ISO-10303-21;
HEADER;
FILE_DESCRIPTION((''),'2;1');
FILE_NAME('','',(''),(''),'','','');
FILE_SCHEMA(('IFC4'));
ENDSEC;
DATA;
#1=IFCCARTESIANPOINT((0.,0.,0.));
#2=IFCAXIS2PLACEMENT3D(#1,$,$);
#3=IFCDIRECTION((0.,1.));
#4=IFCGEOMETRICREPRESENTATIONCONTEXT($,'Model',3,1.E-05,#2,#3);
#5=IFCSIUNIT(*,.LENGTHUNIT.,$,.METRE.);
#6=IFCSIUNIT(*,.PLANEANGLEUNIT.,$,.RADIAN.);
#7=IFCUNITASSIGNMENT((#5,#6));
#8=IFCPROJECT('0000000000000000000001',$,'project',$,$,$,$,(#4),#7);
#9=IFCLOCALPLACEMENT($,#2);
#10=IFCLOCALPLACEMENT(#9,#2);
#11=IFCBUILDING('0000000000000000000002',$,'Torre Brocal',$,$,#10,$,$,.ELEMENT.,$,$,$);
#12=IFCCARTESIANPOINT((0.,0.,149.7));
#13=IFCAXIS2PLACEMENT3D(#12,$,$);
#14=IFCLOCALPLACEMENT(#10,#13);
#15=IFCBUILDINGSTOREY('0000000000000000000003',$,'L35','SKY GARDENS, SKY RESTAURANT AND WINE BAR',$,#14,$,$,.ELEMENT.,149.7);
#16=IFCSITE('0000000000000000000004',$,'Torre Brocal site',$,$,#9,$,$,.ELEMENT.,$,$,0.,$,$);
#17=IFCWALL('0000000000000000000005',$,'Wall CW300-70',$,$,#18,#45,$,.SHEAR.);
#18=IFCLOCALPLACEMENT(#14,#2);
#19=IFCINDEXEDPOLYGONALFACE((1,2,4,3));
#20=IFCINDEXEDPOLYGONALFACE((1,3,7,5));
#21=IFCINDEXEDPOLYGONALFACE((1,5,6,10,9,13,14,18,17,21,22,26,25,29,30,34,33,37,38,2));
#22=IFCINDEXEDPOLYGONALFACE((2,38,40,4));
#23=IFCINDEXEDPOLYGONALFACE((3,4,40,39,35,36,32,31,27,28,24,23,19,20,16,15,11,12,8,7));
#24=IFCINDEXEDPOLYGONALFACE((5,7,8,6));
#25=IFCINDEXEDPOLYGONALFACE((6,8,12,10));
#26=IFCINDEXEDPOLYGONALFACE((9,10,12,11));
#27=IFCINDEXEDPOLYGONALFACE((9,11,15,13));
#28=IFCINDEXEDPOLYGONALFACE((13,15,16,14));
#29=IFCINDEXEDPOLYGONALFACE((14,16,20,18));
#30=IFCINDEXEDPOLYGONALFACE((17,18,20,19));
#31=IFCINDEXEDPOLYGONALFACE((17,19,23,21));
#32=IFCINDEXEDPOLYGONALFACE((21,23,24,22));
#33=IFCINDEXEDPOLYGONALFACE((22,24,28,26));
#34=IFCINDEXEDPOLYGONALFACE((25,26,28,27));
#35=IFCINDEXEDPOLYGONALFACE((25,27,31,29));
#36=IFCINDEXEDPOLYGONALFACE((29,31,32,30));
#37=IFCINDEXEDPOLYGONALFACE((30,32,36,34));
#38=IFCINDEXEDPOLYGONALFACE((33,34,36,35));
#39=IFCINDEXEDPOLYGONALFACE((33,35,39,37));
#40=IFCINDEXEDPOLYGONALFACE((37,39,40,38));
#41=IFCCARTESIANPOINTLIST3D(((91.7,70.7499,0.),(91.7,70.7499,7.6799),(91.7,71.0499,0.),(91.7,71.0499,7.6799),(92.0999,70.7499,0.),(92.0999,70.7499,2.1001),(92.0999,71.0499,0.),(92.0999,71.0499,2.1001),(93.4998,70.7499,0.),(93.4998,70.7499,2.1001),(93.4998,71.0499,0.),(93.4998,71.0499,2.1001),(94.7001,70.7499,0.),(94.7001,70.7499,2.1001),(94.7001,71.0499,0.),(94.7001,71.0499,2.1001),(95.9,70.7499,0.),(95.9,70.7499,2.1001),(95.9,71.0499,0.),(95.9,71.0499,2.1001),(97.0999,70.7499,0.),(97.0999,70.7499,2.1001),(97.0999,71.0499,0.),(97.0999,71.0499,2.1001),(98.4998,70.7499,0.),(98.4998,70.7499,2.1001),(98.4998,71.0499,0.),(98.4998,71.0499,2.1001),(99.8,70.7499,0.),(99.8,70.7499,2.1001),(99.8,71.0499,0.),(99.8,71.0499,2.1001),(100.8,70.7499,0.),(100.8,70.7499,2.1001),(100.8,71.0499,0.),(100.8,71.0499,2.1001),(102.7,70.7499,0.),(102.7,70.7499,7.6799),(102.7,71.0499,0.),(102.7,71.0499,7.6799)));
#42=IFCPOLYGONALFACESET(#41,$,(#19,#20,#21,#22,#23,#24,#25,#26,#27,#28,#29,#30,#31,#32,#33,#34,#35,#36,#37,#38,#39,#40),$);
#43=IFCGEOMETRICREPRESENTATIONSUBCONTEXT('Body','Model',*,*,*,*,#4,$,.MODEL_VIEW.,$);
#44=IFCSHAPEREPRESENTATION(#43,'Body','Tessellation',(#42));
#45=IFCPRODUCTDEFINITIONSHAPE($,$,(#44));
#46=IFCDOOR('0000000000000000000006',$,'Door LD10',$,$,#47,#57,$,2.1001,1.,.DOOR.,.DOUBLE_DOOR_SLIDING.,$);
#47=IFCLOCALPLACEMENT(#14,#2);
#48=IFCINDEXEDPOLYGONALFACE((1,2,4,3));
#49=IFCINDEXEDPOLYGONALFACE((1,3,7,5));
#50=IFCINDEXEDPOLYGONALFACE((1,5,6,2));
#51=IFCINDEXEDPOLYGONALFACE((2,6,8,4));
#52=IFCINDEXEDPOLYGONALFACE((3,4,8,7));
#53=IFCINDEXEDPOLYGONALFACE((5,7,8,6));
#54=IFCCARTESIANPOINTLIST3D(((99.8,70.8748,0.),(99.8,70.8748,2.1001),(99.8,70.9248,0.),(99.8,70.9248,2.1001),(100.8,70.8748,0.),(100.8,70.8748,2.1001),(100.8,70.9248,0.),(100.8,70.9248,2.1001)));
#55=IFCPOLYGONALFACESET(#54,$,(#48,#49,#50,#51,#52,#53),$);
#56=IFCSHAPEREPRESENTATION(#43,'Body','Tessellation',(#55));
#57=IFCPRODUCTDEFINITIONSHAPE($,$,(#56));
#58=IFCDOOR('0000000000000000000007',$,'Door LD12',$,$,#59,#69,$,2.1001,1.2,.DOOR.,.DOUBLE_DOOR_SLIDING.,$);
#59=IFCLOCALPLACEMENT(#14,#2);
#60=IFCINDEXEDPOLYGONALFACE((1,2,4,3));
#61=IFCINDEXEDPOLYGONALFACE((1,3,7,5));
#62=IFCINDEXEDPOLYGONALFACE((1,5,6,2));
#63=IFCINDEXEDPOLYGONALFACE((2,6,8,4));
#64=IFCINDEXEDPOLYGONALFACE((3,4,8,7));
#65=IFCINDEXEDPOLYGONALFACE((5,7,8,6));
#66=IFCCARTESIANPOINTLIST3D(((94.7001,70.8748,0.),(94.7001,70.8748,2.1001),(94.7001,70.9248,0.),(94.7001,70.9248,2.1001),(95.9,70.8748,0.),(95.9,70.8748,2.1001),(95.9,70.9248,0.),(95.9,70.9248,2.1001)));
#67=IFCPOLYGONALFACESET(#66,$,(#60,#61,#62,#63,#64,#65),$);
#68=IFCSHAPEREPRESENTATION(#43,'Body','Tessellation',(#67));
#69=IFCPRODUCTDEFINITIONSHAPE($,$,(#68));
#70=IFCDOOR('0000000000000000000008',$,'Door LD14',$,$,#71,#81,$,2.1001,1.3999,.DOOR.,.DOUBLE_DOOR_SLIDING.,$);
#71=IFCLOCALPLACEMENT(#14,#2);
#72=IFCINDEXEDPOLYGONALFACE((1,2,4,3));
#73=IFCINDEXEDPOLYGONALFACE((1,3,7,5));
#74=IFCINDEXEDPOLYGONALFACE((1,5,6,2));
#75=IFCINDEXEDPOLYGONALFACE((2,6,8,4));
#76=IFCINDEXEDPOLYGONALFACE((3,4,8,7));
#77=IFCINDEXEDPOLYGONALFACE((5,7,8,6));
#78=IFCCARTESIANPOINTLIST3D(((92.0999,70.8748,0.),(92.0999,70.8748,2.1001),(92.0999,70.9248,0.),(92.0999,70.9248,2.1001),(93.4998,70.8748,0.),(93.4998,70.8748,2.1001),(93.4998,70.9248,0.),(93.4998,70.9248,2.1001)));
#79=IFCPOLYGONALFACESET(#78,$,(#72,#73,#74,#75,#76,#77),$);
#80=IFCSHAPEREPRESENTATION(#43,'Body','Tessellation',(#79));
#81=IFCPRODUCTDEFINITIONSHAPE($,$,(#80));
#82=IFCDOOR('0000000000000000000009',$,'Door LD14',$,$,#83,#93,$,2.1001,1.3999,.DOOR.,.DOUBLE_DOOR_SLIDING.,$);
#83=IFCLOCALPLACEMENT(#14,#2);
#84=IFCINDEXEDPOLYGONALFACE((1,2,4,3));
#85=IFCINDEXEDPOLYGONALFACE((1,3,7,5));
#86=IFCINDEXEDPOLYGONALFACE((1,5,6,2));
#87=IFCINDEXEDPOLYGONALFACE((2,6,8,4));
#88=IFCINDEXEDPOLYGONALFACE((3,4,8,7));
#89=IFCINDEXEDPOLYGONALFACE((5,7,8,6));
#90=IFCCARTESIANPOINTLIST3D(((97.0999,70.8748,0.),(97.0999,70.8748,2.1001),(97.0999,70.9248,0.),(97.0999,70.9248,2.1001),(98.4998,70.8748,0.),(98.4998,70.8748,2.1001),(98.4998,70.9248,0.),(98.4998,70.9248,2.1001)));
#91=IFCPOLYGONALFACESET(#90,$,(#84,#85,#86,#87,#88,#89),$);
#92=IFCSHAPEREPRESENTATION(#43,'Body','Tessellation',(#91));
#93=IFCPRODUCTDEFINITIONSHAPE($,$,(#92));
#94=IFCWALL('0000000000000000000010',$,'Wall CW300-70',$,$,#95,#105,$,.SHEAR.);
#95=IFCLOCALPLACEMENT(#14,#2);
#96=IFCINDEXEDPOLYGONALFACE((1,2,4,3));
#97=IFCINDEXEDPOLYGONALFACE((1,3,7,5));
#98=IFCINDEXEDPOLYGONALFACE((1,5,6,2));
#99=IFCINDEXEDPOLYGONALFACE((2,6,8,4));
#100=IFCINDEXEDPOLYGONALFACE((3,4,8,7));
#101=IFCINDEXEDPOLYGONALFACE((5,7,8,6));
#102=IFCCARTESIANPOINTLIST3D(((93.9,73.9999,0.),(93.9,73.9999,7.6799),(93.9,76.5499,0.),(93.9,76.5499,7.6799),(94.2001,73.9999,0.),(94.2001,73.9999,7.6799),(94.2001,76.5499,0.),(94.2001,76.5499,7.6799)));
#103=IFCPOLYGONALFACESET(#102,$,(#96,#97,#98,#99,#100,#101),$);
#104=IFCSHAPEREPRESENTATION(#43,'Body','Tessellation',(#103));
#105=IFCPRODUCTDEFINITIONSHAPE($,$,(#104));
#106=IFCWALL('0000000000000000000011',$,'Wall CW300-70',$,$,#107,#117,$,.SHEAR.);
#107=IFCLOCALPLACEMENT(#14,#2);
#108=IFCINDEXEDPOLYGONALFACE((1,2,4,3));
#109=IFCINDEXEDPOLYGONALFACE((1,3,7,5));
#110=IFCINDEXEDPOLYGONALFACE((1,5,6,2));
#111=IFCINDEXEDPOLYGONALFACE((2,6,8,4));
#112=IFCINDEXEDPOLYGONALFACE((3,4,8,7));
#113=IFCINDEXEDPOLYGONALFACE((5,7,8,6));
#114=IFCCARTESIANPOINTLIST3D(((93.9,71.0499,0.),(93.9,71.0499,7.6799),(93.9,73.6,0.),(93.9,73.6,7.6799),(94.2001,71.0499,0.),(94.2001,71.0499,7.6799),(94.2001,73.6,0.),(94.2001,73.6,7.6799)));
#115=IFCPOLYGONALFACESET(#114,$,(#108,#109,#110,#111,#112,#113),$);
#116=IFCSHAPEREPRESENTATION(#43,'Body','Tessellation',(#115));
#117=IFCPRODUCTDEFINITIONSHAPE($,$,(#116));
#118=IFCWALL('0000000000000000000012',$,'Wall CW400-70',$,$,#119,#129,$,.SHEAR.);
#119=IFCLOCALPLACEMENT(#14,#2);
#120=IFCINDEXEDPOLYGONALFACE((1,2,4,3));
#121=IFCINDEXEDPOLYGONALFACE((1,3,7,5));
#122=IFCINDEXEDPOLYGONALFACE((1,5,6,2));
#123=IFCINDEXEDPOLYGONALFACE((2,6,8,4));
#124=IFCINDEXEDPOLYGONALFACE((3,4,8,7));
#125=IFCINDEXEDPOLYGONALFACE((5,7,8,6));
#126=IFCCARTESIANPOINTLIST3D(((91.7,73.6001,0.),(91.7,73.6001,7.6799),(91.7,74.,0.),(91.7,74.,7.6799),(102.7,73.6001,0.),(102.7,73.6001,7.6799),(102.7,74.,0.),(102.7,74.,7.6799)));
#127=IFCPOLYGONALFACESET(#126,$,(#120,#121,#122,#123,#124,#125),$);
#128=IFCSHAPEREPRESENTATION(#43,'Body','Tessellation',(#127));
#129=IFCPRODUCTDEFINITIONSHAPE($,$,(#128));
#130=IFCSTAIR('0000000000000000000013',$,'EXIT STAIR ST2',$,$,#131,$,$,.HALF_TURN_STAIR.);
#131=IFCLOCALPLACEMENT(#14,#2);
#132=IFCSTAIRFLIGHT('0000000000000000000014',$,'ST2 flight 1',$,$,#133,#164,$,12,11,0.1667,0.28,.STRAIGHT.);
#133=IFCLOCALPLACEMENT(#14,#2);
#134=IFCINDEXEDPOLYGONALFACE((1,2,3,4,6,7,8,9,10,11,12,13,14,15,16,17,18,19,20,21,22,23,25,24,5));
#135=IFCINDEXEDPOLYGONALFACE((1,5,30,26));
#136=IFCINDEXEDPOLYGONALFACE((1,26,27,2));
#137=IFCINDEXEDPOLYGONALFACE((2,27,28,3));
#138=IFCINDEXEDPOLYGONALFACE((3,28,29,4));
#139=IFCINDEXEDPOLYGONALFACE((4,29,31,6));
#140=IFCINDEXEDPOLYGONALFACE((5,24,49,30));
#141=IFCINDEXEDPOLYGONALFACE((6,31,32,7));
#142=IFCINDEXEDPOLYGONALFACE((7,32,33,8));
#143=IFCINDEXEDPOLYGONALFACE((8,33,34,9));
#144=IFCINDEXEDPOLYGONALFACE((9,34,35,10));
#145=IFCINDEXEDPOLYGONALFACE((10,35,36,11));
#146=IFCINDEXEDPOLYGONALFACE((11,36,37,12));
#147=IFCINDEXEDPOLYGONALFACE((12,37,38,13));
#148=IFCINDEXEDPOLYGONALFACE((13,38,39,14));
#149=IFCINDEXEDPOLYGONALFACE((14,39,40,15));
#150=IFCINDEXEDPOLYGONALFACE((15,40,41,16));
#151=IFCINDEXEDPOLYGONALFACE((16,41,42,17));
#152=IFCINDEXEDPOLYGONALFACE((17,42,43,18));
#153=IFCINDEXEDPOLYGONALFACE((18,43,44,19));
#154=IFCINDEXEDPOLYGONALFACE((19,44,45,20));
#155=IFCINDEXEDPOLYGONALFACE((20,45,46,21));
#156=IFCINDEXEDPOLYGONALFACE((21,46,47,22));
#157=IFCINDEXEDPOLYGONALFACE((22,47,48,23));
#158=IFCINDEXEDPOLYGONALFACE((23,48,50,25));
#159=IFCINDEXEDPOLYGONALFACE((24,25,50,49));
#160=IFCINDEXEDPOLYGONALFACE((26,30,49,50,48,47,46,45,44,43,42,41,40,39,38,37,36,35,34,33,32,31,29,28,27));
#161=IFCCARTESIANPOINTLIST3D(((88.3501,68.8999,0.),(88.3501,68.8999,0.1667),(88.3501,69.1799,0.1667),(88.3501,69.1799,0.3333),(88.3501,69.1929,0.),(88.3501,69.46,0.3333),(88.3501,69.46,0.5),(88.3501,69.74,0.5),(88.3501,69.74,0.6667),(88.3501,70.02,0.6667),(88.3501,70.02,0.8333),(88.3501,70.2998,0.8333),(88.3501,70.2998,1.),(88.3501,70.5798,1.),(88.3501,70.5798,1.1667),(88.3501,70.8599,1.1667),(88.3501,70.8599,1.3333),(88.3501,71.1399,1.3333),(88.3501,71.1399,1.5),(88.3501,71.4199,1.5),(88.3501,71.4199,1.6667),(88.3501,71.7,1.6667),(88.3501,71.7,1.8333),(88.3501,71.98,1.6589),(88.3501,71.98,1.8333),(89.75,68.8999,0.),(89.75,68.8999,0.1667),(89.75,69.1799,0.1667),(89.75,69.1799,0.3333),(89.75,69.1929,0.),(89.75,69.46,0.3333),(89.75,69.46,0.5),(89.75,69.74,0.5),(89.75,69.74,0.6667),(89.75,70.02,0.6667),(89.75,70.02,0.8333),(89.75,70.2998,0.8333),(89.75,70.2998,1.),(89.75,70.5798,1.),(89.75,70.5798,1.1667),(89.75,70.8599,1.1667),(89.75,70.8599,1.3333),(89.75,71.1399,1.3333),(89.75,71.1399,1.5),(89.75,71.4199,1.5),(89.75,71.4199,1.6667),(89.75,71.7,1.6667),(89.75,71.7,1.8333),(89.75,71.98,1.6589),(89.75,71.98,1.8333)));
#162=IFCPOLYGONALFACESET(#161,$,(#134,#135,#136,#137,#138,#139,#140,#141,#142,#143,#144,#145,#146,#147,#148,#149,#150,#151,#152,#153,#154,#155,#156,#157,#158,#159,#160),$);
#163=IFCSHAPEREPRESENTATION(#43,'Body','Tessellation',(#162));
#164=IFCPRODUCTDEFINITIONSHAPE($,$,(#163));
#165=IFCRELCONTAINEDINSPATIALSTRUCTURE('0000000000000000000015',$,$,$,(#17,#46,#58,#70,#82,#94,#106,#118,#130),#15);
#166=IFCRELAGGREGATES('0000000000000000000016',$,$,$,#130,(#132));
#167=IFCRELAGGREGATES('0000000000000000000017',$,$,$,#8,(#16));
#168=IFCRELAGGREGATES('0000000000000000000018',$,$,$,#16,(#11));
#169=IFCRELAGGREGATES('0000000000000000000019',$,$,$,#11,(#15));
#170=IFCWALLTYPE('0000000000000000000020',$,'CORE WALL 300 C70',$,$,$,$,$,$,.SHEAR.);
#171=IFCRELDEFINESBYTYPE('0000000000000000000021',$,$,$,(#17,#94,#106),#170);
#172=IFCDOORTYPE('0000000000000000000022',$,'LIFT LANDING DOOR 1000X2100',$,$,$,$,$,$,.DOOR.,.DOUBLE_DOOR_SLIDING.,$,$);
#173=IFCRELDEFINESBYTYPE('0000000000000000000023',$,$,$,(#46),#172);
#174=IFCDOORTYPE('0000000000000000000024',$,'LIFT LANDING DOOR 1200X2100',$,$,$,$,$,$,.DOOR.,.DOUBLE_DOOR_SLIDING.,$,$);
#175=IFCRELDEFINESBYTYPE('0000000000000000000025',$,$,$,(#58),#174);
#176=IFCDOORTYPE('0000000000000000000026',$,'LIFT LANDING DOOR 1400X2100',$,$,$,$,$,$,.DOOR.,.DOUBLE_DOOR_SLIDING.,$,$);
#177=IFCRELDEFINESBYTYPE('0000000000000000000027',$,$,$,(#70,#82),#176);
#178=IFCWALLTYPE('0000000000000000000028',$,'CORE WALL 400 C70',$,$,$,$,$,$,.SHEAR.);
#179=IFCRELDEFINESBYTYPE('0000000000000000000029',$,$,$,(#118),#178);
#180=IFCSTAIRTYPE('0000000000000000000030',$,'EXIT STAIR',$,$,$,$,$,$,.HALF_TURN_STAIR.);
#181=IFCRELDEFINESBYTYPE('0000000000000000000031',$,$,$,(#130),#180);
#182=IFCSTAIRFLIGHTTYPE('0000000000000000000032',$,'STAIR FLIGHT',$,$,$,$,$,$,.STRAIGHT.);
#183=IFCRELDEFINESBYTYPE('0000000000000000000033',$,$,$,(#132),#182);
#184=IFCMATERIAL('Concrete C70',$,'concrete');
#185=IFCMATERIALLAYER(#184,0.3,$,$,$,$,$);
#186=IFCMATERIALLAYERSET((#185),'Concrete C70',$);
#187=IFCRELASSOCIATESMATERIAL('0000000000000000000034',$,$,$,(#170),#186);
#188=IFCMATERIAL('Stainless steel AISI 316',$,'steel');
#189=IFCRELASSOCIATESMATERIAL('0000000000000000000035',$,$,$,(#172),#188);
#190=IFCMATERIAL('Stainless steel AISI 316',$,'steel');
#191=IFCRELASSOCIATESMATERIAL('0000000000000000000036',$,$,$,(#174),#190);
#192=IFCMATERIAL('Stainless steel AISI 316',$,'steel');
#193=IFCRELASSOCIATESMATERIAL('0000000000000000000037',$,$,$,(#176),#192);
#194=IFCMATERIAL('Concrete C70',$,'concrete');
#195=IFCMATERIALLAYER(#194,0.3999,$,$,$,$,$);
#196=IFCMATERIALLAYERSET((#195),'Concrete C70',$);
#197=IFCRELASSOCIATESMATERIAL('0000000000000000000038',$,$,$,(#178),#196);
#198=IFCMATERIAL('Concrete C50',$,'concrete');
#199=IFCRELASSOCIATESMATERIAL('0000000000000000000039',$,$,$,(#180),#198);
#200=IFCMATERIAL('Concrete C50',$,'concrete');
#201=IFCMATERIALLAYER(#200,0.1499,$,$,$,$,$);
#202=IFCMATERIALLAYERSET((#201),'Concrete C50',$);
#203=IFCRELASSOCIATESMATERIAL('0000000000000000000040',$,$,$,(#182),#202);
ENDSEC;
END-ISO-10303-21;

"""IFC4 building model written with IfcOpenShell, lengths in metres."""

from ifc_helpers import new_model, si_unit, direction, frame, frame_2d, origin, place, context, subcontext, project, spatial, polyline, rectangle, outline, extrude, material, layer, layer_set, type_object, element, fill, aggregate, save


model = new_model("IFC4")

# Units and contexts
model_context = context("Model", 3, precision=1e-05, world=origin(), true_north=direction((0.0, 1.0)))
body_context = subcontext(model_context, "Body", "Model", "MODEL_VIEW")
ifc_project = project(units=[si_unit("LENGTHUNIT", "METRE"), si_unit("PLANEANGLEUNIT", "RADIAN")], contexts=[model_context])

# Site, building, storey
site_placement = place(None, origin())
site = spatial("IfcSite", under=ifc_project, at=site_placement, Name="Torre Brocal site", CompositionType="ELEMENT", RefElevation=0.0)
building_placement = place(site_placement, origin())
building = spatial("IfcBuilding", under=site, at=building_placement, Name="Torre Brocal", CompositionType="ELEMENT")
storey_placement = place(building_placement, frame((0.0, 0.0, 149.7)))
storey = spatial("IfcBuildingStorey", under=building, at=storey_placement, Name="L35", Description="SKY GARDENS, SKY RESTAURANT AND WINE BAR", CompositionType="ELEMENT", Elevation=149.7)

# Shared definitions
ifc_material_1 = material(Name="Concrete C70", Category="concrete")
ifc_layer_1 = layer(ifc_material_1, 0.3)
ifc_layer_set_1 = layer_set([ifc_layer_1], Name="Concrete C70")
wall_type_1 = type_object("IfcWallType", Name="CORE WALL 300 C70", PredefinedType="SHEAR", material=ifc_layer_set_1)

# Wall, openings, doors
wall_1_placement = place(storey_placement, frame((91.7, 70.8999, 0.0), z_axis=(0.0, 0.0, 1.0), x_axis=(1.0, 0.0, 0.0)))
wall_1 = element("IfcWall", 1, at=wall_1_placement, inside=storey, type_object=wall_type_1, Name="Wall CW300-70", PredefinedType="SHEAR", context=body_context, shape_type="SweptSolid", body=[
    extrude(rectangle(XDim=11.0, YDim=0.3, at=frame_2d((5.5, 0.0))), origin(), (0.0, 0.0, 1.0), 7.6799),
])
opening_1_placement = place(wall_1_placement, frame((0.3999, 0.0, 0.0)))
opening_1 = element("IfcOpeningElement", 2, at=opening_1_placement, cuts=wall_1, PredefinedType="OPENING", context=body_context, shape_type="SweptSolid", body=[
    extrude(rectangle(XDim=1.3999, YDim=2.1001, at=frame_2d((0.7, 1.05))), frame((0.0, 0.1599, 0.0), z_axis=(0.0, -1.0, 0.0), x_axis=(1.0, 0.0, 0.0)), (0.0, 0.0, 1.0), 0.3201),
])
opening_2_placement = place(wall_1_placement, frame((3.0, 0.0, 0.0)))
opening_2 = element("IfcOpeningElement", 3, at=opening_2_placement, cuts=wall_1, PredefinedType="OPENING", context=body_context, shape_type="SweptSolid", body=[
    extrude(rectangle(XDim=1.2, YDim=2.1001, at=frame_2d((0.6001, 1.05))), frame((0.0, 0.1599, 0.0), z_axis=(0.0, -1.0, 0.0), x_axis=(1.0, 0.0, 0.0)), (0.0, 0.0, 1.0), 0.3201),
])
opening_3_placement = place(wall_1_placement, frame((5.3999, 0.0, 0.0)))
opening_3 = element("IfcOpeningElement", 4, at=opening_3_placement, cuts=wall_1, PredefinedType="OPENING", context=body_context, shape_type="SweptSolid", body=[
    extrude(rectangle(XDim=1.3999, YDim=2.1001, at=frame_2d((0.7, 1.05))), frame((0.0, 0.1599, 0.0), z_axis=(0.0, -1.0, 0.0), x_axis=(1.0, 0.0, 0.0)), (0.0, 0.0, 1.0), 0.3201),
])
opening_4_placement = place(wall_1_placement, frame((8.1001, 0.0, 0.0)))
opening_4 = element("IfcOpeningElement", 5, at=opening_4_placement, cuts=wall_1, PredefinedType="OPENING", context=body_context, shape_type="SweptSolid", body=[
    extrude(rectangle(XDim=1.0, YDim=2.1001, at=frame_2d((0.5, 1.05))), frame((0.0, 0.1599, 0.0), z_axis=(0.0, -1.0, 0.0), x_axis=(1.0, 0.0, 0.0)), (0.0, 0.0, 1.0), 0.3201),
])
ifc_material_2 = material(Name="Stainless steel AISI 316", Category="steel")
door_type_1 = type_object("IfcDoorType", Name="LIFT LANDING DOOR 1000X2100", OperationType="DOUBLE_DOOR_SLIDING", PredefinedType="DOOR", material=ifc_material_2)
door_1_placement = place(opening_4_placement, origin())
door_1 = element("IfcDoor", 6, at=door_1_placement, inside=storey, type_object=door_type_1, Name="Door LD10", OperationType="DOUBLE_DOOR_SLIDING", OverallHeight=2.1001, OverallWidth=1.0, PredefinedType="DOOR", context=body_context, shape_type="SweptSolid", body=[
    extrude(rectangle(XDim=1.0, YDim=2.1001, at=frame_2d((0.5, 1.05))), frame((0.0, 0.0249, 0.0), z_axis=(0.0, -1.0, 0.0), x_axis=(1.0, 0.0, 0.0)), (0.0, 0.0, 1.0), 0.05),
])
fill(opening_4, door_1)
ifc_material_3 = material(Name="Stainless steel AISI 316", Category="steel")
door_type_2 = type_object("IfcDoorType", Name="LIFT LANDING DOOR 1200X2100", OperationType="DOUBLE_DOOR_SLIDING", PredefinedType="DOOR", material=ifc_material_3)
door_2_placement = place(opening_2_placement, origin())
door_2 = element("IfcDoor", 7, at=door_2_placement, inside=storey, type_object=door_type_2, Name="Door LD12", OperationType="DOUBLE_DOOR_SLIDING", OverallHeight=2.1001, OverallWidth=1.2, PredefinedType="DOOR", context=body_context, shape_type="SweptSolid", body=[
    extrude(rectangle(XDim=1.2, YDim=2.1001, at=frame_2d((0.6001, 1.05))), frame((0.0, 0.0249, 0.0), z_axis=(0.0, -1.0, 0.0), x_axis=(1.0, 0.0, 0.0)), (0.0, 0.0, 1.0), 0.05),
])
fill(opening_2, door_2)
ifc_material_4 = material(Name="Stainless steel AISI 316", Category="steel")
door_type_3 = type_object("IfcDoorType", Name="LIFT LANDING DOOR 1400X2100", OperationType="DOUBLE_DOOR_SLIDING", PredefinedType="DOOR", material=ifc_material_4)
door_3_placement = place(opening_1_placement, origin())
door_3 = element("IfcDoor", 8, at=door_3_placement, inside=storey, type_object=door_type_3, Name="Door LD14", OperationType="DOUBLE_DOOR_SLIDING", OverallHeight=2.1001, OverallWidth=1.3999, PredefinedType="DOOR", context=body_context, shape_type="SweptSolid", body=[
    extrude(rectangle(XDim=1.3999, YDim=2.1001, at=frame_2d((0.7, 1.05))), frame((0.0, 0.0249, 0.0), z_axis=(0.0, -1.0, 0.0), x_axis=(1.0, 0.0, 0.0)), (0.0, 0.0, 1.0), 0.05),
])
fill(opening_1, door_3)
door_4_placement = place(opening_3_placement, origin())
door_4 = element("IfcDoor", 9, at=door_4_placement, inside=storey, type_object=door_type_3, Name="Door LD14", OperationType="DOUBLE_DOOR_SLIDING", OverallHeight=2.1001, OverallWidth=1.3999, PredefinedType="DOOR", context=body_context, shape_type="SweptSolid", body=[
    extrude(rectangle(XDim=1.3999, YDim=2.1001, at=frame_2d((0.7, 1.05))), frame((0.0, 0.0249, 0.0), z_axis=(0.0, -1.0, 0.0), x_axis=(1.0, 0.0, 0.0)), (0.0, 0.0, 1.0), 0.05),
])
fill(opening_3, door_4)

# Walls
for number, where, z_axis, x_axis, name in (
    (10, (94.05, 74.0, 0.0), (0.0, 0.0, 1.0), (0.0, 1.0, 0.0), "Wall CW300-70"),
    (11, (94.05, 71.05, 0.0), (0.0, 0.0, 1.0), (0.0, 1.0, 0.0), "Wall CW300-70"),
):
    element("IfcWall", number, at=place(storey_placement, frame(where, z_axis=z_axis, x_axis=x_axis)), inside=storey, type_object=wall_type_1, Name=name, PredefinedType="SHEAR", context=body_context, shape_type="SweptSolid", body=[
        extrude(rectangle(XDim=2.55, YDim=0.3, at=frame_2d((1.2749, 0.0))), origin(), (0.0, 0.0, 1.0), 7.6799),
    ])
ifc_material_5 = material(Name="Concrete C70", Category="concrete")
ifc_layer_2 = layer(ifc_material_5, 0.3999)
ifc_layer_set_2 = layer_set([ifc_layer_2], Name="Concrete C70")
wall_type_2 = type_object("IfcWallType", Name="CORE WALL 400 C70", PredefinedType="SHEAR", material=ifc_layer_set_2)
wall_2_placement = place(storey_placement, frame((91.7, 73.8, 0.0), z_axis=(0.0, 0.0, 1.0), x_axis=(1.0, 0.0, 0.0)))
element("IfcWall", 12, at=wall_2_placement, inside=storey, type_object=wall_type_2, Name="Wall CW400-70", PredefinedType="SHEAR", context=body_context, shape_type="SweptSolid", body=[
    extrude(rectangle(XDim=11.0, YDim=0.3999, at=frame_2d((5.5, 0.0))), origin(), (0.0, 0.0, 1.0), 7.6799),
])

# Stair, stair flight
ifc_material_6 = material(Name="Concrete C50", Category="concrete")
stair_type = type_object("IfcStairType", Name="EXIT STAIR", PredefinedType="HALF_TURN_STAIR", material=ifc_material_6)
stair_placement = place(storey_placement, origin())
stair = element("IfcStair", 13, at=stair_placement, inside=storey, type_object=stair_type, Name="EXIT STAIR ST2", PredefinedType="HALF_TURN_STAIR")
ifc_material_7 = material(Name="Concrete C50", Category="concrete")
ifc_layer_3 = layer(ifc_material_7, 0.1499)
ifc_layer_set_3 = layer_set([ifc_layer_3], Name="Concrete C50")
stair_flight_type = type_object("IfcStairFlightType", Name="STAIR FLIGHT", PredefinedType="STRAIGHT", material=ifc_layer_set_3)
stair_flight_1_placement = place(storey_placement, frame((89.05, 68.8999, 0.0), z_axis=(0.0, 0.0, 1.0), x_axis=(0.0, 1.0, 0.0)))
stair_flight_1 = element("IfcStairFlight", 14, at=stair_flight_1_placement, type_object=stair_flight_type, Name="ST2 flight 1", NumberOfRisers=12, NumberOfTreads=11, PredefinedType="STRAIGHT", RiserHeight=0.1667, TreadLength=0.28, context=body_context, shape_type="SweptSolid", body=[
    extrude(outline(polyline([(0.0, 0.0), (0.0, 0.1667), (0.28, 0.1667), (0.28, 0.3333), (0.5601, 0.3333), (0.5601, 0.5), (0.8401, 0.5), (0.8401, 0.6667), (1.1201, 0.6667), (1.1201, 0.8333), (1.3999, 0.8333), (1.3999, 1.0), (1.6799, 1.0), (1.6799, 1.1667), (1.96, 1.1667), (1.96, 1.3333), (2.24, 1.3333), (2.24, 1.5), (2.52, 1.5), (2.52, 1.6667), (2.8, 1.6667), (2.8, 1.8333), (3.0801, 1.8333), (3.0801, 2.0), (3.0801, 1.6589), (0.293, 0.0), (0.0, 0.0)])), frame((0.0, 0.7, 0.0), z_axis=(0.0, -1.0, 0.0), x_axis=(1.0, 0.0, 0.0)), (0.0, 0.0, 1.0), 1.3999),
])
aggregate(stair, [stair_flight_1])

save(model, "model.ifc")
